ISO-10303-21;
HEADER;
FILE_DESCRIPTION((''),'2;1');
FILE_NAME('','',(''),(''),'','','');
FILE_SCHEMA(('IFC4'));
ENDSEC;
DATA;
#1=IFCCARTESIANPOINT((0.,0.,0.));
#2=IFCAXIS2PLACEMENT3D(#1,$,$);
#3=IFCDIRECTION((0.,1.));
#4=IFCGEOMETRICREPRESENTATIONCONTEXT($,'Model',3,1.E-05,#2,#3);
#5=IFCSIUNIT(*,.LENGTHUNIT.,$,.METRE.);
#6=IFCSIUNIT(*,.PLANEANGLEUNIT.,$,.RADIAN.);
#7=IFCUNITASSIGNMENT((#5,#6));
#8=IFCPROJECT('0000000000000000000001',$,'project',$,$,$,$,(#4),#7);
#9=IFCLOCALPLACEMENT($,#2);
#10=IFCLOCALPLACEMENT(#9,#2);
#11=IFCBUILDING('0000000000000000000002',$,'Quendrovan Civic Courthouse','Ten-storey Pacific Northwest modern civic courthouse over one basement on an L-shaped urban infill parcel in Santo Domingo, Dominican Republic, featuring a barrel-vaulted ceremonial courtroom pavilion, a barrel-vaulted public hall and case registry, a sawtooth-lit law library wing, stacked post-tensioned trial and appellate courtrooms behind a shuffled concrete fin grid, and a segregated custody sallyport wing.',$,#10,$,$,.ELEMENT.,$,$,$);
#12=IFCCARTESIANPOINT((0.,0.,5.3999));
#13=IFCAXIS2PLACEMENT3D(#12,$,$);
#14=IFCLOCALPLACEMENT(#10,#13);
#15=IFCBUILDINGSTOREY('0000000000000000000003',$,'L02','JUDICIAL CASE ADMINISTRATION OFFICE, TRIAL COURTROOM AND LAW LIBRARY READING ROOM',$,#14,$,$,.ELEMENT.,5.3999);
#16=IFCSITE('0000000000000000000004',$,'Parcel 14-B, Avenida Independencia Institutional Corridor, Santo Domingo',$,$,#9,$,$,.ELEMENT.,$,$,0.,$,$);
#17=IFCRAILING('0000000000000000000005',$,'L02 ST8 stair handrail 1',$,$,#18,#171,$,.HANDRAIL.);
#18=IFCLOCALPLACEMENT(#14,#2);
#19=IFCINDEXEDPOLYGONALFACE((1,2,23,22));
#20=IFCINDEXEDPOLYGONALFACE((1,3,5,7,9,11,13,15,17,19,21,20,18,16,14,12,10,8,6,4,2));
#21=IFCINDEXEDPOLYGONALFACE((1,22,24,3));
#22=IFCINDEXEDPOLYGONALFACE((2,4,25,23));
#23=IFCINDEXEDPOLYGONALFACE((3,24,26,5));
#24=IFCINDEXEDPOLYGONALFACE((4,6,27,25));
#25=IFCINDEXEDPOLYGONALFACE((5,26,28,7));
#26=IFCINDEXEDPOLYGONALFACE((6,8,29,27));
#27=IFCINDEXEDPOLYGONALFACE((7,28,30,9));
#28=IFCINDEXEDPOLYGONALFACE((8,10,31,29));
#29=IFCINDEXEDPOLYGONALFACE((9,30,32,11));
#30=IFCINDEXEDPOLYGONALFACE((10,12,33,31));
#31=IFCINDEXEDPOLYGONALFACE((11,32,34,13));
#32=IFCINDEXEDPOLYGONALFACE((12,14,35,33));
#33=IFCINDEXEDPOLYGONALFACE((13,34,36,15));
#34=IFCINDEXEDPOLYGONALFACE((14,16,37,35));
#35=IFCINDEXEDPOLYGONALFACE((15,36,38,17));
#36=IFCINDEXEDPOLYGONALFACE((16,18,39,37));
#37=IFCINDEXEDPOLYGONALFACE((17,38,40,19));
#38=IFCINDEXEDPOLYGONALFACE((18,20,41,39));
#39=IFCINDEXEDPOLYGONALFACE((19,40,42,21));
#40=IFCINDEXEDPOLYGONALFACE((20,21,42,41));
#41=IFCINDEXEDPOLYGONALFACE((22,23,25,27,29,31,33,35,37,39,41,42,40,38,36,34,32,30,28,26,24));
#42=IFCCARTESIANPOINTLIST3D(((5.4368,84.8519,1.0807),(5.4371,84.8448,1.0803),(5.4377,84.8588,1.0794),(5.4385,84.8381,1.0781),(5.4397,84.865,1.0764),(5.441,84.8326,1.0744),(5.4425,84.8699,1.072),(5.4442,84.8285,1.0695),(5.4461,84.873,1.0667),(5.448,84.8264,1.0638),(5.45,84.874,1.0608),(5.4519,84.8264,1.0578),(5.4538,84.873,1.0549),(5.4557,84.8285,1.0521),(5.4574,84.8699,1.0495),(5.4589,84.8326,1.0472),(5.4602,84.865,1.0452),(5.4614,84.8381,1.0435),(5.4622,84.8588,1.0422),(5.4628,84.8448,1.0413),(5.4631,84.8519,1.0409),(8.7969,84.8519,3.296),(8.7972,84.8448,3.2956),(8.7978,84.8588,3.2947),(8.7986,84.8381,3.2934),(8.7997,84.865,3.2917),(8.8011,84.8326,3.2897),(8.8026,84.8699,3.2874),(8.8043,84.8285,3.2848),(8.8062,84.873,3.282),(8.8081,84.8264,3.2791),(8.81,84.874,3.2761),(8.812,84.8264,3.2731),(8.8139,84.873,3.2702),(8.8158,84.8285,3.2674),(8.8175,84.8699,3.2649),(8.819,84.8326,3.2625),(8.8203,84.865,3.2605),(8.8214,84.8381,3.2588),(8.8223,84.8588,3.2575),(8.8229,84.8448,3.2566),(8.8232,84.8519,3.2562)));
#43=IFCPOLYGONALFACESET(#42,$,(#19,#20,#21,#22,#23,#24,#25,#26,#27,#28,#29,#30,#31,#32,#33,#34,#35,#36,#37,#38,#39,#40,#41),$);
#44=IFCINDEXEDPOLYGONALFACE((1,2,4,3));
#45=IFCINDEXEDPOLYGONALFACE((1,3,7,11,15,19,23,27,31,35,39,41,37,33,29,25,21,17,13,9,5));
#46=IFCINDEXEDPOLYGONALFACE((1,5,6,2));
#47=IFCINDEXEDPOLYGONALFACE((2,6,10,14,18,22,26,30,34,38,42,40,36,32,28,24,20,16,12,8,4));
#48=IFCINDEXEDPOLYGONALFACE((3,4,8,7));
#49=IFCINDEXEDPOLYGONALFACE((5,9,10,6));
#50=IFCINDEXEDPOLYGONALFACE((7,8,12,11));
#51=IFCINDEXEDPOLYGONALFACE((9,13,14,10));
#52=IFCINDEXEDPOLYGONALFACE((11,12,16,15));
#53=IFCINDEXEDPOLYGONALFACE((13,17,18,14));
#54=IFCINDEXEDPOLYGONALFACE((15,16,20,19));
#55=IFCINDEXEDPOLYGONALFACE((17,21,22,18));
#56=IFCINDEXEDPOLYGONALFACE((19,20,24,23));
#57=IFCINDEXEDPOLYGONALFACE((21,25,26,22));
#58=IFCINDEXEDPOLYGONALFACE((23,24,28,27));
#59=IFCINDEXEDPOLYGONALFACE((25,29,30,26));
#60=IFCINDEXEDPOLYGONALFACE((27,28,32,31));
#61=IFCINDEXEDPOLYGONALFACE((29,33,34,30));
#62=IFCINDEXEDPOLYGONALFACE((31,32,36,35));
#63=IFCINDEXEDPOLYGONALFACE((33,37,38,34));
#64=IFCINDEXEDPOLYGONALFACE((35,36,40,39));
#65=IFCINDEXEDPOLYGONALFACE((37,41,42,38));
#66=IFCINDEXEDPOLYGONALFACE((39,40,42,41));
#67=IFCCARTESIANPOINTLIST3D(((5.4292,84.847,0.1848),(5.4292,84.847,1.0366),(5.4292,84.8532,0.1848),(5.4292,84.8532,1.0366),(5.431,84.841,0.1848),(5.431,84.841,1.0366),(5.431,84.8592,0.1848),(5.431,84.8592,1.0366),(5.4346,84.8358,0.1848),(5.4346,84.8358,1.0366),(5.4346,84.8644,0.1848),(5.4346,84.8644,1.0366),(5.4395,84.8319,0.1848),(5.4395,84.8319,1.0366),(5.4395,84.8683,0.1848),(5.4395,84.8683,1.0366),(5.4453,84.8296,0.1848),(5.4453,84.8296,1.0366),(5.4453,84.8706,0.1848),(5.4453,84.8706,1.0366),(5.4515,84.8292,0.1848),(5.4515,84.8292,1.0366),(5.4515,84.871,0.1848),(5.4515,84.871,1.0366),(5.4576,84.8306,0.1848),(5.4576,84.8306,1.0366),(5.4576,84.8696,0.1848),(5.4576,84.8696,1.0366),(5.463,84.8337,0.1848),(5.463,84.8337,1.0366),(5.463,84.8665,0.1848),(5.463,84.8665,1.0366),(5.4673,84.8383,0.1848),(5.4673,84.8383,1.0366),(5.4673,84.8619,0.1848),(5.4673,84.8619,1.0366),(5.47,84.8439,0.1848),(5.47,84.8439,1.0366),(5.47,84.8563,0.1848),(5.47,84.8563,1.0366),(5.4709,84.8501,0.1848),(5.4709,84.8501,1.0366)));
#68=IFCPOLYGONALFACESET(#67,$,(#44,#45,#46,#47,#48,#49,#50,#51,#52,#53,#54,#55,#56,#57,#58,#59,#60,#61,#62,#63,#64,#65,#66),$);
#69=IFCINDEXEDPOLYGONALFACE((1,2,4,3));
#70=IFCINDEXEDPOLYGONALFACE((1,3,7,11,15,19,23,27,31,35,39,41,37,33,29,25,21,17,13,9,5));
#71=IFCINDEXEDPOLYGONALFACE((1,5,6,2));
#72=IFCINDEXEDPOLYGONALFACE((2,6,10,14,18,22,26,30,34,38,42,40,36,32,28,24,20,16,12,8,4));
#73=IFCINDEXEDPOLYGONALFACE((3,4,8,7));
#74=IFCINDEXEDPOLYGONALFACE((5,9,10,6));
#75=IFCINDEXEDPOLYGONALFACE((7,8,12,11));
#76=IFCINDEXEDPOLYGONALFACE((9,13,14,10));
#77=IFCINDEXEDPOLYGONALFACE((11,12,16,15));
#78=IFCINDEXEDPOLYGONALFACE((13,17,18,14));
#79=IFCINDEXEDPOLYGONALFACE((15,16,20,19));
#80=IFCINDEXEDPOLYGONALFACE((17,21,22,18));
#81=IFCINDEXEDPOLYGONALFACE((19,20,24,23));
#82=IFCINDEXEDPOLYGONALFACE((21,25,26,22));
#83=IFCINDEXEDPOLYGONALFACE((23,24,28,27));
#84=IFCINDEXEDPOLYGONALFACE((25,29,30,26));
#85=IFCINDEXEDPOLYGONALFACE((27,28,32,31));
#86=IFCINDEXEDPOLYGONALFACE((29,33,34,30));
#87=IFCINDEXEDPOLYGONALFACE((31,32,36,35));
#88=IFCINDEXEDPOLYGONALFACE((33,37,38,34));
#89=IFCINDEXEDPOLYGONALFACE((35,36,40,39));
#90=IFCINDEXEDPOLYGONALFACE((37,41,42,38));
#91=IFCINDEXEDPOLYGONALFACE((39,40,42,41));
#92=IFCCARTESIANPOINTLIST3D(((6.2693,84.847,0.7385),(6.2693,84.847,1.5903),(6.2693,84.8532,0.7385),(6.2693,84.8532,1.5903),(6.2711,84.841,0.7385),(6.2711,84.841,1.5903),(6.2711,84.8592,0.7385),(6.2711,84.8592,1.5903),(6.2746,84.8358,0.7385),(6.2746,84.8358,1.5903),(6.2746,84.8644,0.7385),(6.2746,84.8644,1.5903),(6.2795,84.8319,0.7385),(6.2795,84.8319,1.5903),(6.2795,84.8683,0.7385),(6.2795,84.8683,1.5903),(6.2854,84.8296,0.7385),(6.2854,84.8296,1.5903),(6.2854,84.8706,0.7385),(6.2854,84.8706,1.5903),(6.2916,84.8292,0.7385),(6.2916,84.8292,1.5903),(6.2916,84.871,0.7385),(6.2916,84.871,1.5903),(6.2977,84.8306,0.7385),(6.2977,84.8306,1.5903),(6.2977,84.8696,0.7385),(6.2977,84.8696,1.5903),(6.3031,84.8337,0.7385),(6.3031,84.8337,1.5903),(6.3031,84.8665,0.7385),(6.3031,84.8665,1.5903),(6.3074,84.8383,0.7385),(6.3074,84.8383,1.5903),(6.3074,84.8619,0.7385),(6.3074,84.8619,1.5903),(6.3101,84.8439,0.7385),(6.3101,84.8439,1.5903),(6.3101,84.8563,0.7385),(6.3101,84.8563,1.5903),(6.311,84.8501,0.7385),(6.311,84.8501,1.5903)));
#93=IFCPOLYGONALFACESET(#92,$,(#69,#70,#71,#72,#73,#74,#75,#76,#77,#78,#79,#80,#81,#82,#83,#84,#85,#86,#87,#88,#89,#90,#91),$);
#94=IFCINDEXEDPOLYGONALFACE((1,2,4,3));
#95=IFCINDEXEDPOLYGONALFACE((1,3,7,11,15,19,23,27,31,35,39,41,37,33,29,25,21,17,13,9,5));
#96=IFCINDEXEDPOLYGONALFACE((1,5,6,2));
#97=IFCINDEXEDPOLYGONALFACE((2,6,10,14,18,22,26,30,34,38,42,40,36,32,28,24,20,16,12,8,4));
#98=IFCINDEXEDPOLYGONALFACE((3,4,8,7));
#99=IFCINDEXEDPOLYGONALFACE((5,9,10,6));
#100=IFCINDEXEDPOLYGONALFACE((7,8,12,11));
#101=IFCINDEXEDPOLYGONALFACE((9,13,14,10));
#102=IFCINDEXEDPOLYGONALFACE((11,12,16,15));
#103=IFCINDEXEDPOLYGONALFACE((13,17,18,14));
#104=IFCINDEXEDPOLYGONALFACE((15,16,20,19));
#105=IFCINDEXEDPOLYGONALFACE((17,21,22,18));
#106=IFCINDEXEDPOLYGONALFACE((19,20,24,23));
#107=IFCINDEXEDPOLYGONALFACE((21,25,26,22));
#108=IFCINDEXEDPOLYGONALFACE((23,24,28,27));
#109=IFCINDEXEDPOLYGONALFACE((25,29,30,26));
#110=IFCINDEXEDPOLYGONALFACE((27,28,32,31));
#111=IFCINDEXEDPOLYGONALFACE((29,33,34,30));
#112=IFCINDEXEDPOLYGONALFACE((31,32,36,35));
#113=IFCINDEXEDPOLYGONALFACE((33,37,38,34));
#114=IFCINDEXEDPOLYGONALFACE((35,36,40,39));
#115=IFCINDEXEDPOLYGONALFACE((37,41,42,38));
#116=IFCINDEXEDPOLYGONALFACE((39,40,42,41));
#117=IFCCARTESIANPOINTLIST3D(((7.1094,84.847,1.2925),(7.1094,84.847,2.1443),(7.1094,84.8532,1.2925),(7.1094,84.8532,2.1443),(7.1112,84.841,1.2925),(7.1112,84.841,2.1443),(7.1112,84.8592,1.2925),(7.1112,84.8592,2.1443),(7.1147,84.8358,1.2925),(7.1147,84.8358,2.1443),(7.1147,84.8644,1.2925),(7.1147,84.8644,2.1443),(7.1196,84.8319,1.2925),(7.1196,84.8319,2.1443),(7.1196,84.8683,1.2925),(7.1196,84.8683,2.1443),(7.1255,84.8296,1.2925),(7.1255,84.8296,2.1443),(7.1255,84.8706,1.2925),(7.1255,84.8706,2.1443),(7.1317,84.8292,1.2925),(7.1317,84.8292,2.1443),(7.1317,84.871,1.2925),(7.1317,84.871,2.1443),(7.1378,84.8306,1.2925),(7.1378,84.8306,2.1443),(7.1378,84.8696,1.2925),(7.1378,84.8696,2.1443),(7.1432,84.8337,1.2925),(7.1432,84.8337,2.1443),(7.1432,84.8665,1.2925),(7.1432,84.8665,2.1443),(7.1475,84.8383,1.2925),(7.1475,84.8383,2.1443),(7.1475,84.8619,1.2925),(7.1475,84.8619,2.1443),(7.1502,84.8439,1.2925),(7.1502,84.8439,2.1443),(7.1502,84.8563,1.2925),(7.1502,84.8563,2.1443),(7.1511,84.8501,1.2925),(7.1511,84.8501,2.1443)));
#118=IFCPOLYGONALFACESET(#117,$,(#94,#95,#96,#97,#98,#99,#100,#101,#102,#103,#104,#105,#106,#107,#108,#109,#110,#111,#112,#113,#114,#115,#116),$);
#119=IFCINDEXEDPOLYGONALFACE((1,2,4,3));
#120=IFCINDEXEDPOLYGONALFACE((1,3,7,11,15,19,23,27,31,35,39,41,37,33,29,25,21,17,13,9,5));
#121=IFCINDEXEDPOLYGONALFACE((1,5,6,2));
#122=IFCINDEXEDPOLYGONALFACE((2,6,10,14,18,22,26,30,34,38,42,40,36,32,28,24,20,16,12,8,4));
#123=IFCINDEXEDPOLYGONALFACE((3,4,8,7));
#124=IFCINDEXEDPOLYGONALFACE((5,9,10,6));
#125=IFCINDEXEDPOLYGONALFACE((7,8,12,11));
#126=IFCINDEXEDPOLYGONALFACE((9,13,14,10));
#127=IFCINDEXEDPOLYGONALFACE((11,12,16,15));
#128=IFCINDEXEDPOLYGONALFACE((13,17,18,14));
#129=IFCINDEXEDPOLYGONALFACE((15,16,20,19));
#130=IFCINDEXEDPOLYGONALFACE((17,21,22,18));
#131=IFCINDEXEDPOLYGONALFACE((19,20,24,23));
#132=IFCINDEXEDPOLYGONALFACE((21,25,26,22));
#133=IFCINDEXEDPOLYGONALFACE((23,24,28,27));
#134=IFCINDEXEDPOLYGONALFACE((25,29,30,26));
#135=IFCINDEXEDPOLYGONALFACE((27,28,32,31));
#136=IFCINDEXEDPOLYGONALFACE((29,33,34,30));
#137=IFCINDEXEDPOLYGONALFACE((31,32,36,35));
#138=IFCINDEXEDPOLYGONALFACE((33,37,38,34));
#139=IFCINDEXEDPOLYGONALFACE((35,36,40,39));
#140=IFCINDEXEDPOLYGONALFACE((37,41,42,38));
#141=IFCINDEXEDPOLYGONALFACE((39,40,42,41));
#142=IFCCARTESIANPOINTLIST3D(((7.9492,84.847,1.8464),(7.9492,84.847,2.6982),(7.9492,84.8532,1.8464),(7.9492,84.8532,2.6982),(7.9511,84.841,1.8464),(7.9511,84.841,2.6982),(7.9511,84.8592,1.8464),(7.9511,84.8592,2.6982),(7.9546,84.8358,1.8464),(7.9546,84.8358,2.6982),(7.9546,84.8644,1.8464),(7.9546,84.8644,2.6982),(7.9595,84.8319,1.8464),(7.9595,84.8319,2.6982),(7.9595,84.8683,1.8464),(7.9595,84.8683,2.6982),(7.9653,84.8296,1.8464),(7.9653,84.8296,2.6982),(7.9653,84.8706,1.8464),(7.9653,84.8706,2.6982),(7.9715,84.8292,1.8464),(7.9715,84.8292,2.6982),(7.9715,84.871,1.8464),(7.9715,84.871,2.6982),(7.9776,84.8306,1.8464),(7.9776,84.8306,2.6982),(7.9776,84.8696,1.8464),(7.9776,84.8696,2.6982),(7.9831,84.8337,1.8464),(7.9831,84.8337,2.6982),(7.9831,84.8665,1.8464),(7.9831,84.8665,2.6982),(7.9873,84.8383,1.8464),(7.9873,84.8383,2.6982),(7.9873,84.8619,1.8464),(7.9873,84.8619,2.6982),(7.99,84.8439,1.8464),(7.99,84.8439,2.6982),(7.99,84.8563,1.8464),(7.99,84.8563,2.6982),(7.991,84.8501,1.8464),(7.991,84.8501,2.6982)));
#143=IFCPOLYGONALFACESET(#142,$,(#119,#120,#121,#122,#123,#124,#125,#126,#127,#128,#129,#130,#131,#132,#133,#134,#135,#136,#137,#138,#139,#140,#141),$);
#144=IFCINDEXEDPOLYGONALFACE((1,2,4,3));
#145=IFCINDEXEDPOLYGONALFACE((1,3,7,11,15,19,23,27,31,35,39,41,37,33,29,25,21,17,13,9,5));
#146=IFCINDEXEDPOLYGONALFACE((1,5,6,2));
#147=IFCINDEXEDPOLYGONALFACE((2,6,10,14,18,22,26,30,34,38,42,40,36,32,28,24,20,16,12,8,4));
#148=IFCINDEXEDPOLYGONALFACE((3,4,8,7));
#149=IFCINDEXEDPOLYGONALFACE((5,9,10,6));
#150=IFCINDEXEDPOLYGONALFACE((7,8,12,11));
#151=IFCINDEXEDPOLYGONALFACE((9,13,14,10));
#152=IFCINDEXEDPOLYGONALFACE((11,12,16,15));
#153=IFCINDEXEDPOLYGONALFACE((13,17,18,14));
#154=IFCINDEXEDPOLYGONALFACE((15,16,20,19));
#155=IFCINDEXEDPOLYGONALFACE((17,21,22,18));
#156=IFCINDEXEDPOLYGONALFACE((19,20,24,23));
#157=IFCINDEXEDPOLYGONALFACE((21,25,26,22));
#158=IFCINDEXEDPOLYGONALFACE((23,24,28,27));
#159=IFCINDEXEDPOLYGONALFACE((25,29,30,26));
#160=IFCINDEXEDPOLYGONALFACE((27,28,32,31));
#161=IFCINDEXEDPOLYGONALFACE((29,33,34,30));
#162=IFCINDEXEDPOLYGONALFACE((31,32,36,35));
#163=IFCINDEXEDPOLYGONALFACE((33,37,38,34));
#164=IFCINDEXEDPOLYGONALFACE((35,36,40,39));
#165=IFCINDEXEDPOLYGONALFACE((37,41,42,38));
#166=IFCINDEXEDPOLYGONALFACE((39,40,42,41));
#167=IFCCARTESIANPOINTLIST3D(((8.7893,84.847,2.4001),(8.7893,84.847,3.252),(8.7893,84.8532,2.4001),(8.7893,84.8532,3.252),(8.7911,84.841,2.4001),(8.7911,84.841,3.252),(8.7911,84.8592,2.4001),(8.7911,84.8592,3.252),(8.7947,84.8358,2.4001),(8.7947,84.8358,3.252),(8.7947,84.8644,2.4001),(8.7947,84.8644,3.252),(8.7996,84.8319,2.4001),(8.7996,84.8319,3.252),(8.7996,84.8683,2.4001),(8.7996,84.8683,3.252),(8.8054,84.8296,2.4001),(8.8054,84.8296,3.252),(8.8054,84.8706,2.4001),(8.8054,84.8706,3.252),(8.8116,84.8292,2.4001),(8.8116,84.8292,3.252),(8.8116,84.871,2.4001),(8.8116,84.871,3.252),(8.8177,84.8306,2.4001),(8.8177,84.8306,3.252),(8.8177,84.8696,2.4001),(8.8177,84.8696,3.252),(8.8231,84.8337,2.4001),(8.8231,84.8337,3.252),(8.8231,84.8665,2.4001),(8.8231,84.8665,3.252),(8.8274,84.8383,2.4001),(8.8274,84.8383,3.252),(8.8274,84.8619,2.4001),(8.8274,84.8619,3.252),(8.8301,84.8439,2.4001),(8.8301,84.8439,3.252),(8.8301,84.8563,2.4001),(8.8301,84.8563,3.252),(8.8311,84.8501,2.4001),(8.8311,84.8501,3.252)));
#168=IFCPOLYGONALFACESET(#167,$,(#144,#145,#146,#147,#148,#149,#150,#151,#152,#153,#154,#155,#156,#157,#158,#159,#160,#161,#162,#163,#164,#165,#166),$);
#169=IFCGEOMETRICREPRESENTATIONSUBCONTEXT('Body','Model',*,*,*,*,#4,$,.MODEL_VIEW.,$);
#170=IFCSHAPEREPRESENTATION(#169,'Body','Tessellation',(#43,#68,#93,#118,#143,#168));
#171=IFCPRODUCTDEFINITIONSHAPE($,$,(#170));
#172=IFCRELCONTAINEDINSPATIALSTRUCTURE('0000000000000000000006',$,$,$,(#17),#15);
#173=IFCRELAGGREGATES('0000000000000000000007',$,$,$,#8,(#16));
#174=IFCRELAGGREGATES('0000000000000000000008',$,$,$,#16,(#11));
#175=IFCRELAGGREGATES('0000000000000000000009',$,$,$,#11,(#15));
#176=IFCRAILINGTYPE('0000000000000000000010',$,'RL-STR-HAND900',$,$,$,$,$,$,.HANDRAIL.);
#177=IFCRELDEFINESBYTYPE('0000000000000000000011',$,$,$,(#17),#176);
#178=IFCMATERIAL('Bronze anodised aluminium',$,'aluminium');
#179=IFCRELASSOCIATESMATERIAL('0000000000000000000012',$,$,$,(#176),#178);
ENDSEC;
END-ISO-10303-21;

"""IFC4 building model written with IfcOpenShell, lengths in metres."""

from ifc_helpers import new_model, si_unit, direction, frame, origin, origin_2d, place, context, subcontext, project, spatial, circle, extrude, material, type_object, element, save


model = new_model("IFC4")

# Units and contexts
model_context = context("Model", 3, precision=1e-05, world=origin(), true_north=direction((0.0, 1.0)))
body_context = subcontext(model_context, "Body", "Model", "MODEL_VIEW")
ifc_project = project(units=[si_unit("LENGTHUNIT", "METRE"), si_unit("PLANEANGLEUNIT", "RADIAN")], contexts=[model_context])

# Site, building, storey
site_placement = place(None, origin())
site = spatial("IfcSite", under=ifc_project, at=site_placement, Name="Parcel 14-B, Avenida Independencia Institutional Corridor, Santo Domingo", CompositionType="ELEMENT", RefElevation=0.0)
building_placement = place(site_placement, origin())
building = spatial("IfcBuilding", under=site, at=building_placement, Name="Quendrovan Civic Courthouse", Description="Ten-storey Pacific Northwest modern civic courthouse over one basement on an L-shaped urban infill parcel in Santo Domingo, Dominican Republic, featuring a barrel-vaulted ceremonial courtroom pavilion, a barrel-vaulted public hall and case registry, a sawtooth-lit law library wing, stacked post-tensioned trial and appellate courtrooms behind a shuffled concrete fin grid, and a segregated custody sallyport wing.", CompositionType="ELEMENT")
storey_placement = place(building_placement, frame((0.0, 0.0, 5.3999)))
storey = spatial("IfcBuildingStorey", under=building, at=storey_placement, Name="L02", Description="JUDICIAL CASE ADMINISTRATION OFFICE, TRIAL COURTROOM AND LAW LIBRARY READING ROOM", CompositionType="ELEMENT", Elevation=5.3999)

# Shared definitions
ifc_material_1 = material(Name="Bronze anodised aluminium", Category="aluminium")

# Railing
railing_type_1 = type_object("IfcRailingType", Name="RL-STR-HAND900", PredefinedType="HANDRAIL", material=ifc_material_1)
railing_1_placement = place(storey_placement, frame((5.45, 84.8501, 0.1848)))
element("IfcRailing", 1, at=railing_1_placement, inside=storey, type_object=railing_type_1, Name="L02 ST8 stair handrail 1", PredefinedType="HANDRAIL", context=body_context, shape_type="SweptSolid", body=[
    extrude(circle(Radius=0.0239, at=origin_2d()), frame((0.0, 0.0, 0.876), z_axis=(0.834876, 0.0, 0.550437), x_axis=(0.0, 1.0, 0.0)), (0.0, 0.0, 1.0), 4.0247),
    extrude(circle(Radius=0.021, at=origin_2d()), origin(), (0.0, 0.0, 1.0), 0.8518),
    extrude(circle(Radius=0.021, at=origin_2d()), frame((0.8401, 0.0, 0.5537)), (0.0, 0.0, 1.0), 0.8518),
    extrude(circle(Radius=0.021, at=origin_2d()), frame((1.6802, 0.0, 1.1077)), (0.0, 0.0, 1.0), 0.8518),
    extrude(circle(Radius=0.021, at=origin_2d()), frame((2.52, 0.0, 1.6616)), (0.0, 0.0, 1.0), 0.8518),
    extrude(circle(Radius=0.021, at=origin_2d()), frame((3.3601, 0.0, 2.2153)), (0.0, 0.0, 1.0), 0.8518),
])

save(model, "model.ifc")
